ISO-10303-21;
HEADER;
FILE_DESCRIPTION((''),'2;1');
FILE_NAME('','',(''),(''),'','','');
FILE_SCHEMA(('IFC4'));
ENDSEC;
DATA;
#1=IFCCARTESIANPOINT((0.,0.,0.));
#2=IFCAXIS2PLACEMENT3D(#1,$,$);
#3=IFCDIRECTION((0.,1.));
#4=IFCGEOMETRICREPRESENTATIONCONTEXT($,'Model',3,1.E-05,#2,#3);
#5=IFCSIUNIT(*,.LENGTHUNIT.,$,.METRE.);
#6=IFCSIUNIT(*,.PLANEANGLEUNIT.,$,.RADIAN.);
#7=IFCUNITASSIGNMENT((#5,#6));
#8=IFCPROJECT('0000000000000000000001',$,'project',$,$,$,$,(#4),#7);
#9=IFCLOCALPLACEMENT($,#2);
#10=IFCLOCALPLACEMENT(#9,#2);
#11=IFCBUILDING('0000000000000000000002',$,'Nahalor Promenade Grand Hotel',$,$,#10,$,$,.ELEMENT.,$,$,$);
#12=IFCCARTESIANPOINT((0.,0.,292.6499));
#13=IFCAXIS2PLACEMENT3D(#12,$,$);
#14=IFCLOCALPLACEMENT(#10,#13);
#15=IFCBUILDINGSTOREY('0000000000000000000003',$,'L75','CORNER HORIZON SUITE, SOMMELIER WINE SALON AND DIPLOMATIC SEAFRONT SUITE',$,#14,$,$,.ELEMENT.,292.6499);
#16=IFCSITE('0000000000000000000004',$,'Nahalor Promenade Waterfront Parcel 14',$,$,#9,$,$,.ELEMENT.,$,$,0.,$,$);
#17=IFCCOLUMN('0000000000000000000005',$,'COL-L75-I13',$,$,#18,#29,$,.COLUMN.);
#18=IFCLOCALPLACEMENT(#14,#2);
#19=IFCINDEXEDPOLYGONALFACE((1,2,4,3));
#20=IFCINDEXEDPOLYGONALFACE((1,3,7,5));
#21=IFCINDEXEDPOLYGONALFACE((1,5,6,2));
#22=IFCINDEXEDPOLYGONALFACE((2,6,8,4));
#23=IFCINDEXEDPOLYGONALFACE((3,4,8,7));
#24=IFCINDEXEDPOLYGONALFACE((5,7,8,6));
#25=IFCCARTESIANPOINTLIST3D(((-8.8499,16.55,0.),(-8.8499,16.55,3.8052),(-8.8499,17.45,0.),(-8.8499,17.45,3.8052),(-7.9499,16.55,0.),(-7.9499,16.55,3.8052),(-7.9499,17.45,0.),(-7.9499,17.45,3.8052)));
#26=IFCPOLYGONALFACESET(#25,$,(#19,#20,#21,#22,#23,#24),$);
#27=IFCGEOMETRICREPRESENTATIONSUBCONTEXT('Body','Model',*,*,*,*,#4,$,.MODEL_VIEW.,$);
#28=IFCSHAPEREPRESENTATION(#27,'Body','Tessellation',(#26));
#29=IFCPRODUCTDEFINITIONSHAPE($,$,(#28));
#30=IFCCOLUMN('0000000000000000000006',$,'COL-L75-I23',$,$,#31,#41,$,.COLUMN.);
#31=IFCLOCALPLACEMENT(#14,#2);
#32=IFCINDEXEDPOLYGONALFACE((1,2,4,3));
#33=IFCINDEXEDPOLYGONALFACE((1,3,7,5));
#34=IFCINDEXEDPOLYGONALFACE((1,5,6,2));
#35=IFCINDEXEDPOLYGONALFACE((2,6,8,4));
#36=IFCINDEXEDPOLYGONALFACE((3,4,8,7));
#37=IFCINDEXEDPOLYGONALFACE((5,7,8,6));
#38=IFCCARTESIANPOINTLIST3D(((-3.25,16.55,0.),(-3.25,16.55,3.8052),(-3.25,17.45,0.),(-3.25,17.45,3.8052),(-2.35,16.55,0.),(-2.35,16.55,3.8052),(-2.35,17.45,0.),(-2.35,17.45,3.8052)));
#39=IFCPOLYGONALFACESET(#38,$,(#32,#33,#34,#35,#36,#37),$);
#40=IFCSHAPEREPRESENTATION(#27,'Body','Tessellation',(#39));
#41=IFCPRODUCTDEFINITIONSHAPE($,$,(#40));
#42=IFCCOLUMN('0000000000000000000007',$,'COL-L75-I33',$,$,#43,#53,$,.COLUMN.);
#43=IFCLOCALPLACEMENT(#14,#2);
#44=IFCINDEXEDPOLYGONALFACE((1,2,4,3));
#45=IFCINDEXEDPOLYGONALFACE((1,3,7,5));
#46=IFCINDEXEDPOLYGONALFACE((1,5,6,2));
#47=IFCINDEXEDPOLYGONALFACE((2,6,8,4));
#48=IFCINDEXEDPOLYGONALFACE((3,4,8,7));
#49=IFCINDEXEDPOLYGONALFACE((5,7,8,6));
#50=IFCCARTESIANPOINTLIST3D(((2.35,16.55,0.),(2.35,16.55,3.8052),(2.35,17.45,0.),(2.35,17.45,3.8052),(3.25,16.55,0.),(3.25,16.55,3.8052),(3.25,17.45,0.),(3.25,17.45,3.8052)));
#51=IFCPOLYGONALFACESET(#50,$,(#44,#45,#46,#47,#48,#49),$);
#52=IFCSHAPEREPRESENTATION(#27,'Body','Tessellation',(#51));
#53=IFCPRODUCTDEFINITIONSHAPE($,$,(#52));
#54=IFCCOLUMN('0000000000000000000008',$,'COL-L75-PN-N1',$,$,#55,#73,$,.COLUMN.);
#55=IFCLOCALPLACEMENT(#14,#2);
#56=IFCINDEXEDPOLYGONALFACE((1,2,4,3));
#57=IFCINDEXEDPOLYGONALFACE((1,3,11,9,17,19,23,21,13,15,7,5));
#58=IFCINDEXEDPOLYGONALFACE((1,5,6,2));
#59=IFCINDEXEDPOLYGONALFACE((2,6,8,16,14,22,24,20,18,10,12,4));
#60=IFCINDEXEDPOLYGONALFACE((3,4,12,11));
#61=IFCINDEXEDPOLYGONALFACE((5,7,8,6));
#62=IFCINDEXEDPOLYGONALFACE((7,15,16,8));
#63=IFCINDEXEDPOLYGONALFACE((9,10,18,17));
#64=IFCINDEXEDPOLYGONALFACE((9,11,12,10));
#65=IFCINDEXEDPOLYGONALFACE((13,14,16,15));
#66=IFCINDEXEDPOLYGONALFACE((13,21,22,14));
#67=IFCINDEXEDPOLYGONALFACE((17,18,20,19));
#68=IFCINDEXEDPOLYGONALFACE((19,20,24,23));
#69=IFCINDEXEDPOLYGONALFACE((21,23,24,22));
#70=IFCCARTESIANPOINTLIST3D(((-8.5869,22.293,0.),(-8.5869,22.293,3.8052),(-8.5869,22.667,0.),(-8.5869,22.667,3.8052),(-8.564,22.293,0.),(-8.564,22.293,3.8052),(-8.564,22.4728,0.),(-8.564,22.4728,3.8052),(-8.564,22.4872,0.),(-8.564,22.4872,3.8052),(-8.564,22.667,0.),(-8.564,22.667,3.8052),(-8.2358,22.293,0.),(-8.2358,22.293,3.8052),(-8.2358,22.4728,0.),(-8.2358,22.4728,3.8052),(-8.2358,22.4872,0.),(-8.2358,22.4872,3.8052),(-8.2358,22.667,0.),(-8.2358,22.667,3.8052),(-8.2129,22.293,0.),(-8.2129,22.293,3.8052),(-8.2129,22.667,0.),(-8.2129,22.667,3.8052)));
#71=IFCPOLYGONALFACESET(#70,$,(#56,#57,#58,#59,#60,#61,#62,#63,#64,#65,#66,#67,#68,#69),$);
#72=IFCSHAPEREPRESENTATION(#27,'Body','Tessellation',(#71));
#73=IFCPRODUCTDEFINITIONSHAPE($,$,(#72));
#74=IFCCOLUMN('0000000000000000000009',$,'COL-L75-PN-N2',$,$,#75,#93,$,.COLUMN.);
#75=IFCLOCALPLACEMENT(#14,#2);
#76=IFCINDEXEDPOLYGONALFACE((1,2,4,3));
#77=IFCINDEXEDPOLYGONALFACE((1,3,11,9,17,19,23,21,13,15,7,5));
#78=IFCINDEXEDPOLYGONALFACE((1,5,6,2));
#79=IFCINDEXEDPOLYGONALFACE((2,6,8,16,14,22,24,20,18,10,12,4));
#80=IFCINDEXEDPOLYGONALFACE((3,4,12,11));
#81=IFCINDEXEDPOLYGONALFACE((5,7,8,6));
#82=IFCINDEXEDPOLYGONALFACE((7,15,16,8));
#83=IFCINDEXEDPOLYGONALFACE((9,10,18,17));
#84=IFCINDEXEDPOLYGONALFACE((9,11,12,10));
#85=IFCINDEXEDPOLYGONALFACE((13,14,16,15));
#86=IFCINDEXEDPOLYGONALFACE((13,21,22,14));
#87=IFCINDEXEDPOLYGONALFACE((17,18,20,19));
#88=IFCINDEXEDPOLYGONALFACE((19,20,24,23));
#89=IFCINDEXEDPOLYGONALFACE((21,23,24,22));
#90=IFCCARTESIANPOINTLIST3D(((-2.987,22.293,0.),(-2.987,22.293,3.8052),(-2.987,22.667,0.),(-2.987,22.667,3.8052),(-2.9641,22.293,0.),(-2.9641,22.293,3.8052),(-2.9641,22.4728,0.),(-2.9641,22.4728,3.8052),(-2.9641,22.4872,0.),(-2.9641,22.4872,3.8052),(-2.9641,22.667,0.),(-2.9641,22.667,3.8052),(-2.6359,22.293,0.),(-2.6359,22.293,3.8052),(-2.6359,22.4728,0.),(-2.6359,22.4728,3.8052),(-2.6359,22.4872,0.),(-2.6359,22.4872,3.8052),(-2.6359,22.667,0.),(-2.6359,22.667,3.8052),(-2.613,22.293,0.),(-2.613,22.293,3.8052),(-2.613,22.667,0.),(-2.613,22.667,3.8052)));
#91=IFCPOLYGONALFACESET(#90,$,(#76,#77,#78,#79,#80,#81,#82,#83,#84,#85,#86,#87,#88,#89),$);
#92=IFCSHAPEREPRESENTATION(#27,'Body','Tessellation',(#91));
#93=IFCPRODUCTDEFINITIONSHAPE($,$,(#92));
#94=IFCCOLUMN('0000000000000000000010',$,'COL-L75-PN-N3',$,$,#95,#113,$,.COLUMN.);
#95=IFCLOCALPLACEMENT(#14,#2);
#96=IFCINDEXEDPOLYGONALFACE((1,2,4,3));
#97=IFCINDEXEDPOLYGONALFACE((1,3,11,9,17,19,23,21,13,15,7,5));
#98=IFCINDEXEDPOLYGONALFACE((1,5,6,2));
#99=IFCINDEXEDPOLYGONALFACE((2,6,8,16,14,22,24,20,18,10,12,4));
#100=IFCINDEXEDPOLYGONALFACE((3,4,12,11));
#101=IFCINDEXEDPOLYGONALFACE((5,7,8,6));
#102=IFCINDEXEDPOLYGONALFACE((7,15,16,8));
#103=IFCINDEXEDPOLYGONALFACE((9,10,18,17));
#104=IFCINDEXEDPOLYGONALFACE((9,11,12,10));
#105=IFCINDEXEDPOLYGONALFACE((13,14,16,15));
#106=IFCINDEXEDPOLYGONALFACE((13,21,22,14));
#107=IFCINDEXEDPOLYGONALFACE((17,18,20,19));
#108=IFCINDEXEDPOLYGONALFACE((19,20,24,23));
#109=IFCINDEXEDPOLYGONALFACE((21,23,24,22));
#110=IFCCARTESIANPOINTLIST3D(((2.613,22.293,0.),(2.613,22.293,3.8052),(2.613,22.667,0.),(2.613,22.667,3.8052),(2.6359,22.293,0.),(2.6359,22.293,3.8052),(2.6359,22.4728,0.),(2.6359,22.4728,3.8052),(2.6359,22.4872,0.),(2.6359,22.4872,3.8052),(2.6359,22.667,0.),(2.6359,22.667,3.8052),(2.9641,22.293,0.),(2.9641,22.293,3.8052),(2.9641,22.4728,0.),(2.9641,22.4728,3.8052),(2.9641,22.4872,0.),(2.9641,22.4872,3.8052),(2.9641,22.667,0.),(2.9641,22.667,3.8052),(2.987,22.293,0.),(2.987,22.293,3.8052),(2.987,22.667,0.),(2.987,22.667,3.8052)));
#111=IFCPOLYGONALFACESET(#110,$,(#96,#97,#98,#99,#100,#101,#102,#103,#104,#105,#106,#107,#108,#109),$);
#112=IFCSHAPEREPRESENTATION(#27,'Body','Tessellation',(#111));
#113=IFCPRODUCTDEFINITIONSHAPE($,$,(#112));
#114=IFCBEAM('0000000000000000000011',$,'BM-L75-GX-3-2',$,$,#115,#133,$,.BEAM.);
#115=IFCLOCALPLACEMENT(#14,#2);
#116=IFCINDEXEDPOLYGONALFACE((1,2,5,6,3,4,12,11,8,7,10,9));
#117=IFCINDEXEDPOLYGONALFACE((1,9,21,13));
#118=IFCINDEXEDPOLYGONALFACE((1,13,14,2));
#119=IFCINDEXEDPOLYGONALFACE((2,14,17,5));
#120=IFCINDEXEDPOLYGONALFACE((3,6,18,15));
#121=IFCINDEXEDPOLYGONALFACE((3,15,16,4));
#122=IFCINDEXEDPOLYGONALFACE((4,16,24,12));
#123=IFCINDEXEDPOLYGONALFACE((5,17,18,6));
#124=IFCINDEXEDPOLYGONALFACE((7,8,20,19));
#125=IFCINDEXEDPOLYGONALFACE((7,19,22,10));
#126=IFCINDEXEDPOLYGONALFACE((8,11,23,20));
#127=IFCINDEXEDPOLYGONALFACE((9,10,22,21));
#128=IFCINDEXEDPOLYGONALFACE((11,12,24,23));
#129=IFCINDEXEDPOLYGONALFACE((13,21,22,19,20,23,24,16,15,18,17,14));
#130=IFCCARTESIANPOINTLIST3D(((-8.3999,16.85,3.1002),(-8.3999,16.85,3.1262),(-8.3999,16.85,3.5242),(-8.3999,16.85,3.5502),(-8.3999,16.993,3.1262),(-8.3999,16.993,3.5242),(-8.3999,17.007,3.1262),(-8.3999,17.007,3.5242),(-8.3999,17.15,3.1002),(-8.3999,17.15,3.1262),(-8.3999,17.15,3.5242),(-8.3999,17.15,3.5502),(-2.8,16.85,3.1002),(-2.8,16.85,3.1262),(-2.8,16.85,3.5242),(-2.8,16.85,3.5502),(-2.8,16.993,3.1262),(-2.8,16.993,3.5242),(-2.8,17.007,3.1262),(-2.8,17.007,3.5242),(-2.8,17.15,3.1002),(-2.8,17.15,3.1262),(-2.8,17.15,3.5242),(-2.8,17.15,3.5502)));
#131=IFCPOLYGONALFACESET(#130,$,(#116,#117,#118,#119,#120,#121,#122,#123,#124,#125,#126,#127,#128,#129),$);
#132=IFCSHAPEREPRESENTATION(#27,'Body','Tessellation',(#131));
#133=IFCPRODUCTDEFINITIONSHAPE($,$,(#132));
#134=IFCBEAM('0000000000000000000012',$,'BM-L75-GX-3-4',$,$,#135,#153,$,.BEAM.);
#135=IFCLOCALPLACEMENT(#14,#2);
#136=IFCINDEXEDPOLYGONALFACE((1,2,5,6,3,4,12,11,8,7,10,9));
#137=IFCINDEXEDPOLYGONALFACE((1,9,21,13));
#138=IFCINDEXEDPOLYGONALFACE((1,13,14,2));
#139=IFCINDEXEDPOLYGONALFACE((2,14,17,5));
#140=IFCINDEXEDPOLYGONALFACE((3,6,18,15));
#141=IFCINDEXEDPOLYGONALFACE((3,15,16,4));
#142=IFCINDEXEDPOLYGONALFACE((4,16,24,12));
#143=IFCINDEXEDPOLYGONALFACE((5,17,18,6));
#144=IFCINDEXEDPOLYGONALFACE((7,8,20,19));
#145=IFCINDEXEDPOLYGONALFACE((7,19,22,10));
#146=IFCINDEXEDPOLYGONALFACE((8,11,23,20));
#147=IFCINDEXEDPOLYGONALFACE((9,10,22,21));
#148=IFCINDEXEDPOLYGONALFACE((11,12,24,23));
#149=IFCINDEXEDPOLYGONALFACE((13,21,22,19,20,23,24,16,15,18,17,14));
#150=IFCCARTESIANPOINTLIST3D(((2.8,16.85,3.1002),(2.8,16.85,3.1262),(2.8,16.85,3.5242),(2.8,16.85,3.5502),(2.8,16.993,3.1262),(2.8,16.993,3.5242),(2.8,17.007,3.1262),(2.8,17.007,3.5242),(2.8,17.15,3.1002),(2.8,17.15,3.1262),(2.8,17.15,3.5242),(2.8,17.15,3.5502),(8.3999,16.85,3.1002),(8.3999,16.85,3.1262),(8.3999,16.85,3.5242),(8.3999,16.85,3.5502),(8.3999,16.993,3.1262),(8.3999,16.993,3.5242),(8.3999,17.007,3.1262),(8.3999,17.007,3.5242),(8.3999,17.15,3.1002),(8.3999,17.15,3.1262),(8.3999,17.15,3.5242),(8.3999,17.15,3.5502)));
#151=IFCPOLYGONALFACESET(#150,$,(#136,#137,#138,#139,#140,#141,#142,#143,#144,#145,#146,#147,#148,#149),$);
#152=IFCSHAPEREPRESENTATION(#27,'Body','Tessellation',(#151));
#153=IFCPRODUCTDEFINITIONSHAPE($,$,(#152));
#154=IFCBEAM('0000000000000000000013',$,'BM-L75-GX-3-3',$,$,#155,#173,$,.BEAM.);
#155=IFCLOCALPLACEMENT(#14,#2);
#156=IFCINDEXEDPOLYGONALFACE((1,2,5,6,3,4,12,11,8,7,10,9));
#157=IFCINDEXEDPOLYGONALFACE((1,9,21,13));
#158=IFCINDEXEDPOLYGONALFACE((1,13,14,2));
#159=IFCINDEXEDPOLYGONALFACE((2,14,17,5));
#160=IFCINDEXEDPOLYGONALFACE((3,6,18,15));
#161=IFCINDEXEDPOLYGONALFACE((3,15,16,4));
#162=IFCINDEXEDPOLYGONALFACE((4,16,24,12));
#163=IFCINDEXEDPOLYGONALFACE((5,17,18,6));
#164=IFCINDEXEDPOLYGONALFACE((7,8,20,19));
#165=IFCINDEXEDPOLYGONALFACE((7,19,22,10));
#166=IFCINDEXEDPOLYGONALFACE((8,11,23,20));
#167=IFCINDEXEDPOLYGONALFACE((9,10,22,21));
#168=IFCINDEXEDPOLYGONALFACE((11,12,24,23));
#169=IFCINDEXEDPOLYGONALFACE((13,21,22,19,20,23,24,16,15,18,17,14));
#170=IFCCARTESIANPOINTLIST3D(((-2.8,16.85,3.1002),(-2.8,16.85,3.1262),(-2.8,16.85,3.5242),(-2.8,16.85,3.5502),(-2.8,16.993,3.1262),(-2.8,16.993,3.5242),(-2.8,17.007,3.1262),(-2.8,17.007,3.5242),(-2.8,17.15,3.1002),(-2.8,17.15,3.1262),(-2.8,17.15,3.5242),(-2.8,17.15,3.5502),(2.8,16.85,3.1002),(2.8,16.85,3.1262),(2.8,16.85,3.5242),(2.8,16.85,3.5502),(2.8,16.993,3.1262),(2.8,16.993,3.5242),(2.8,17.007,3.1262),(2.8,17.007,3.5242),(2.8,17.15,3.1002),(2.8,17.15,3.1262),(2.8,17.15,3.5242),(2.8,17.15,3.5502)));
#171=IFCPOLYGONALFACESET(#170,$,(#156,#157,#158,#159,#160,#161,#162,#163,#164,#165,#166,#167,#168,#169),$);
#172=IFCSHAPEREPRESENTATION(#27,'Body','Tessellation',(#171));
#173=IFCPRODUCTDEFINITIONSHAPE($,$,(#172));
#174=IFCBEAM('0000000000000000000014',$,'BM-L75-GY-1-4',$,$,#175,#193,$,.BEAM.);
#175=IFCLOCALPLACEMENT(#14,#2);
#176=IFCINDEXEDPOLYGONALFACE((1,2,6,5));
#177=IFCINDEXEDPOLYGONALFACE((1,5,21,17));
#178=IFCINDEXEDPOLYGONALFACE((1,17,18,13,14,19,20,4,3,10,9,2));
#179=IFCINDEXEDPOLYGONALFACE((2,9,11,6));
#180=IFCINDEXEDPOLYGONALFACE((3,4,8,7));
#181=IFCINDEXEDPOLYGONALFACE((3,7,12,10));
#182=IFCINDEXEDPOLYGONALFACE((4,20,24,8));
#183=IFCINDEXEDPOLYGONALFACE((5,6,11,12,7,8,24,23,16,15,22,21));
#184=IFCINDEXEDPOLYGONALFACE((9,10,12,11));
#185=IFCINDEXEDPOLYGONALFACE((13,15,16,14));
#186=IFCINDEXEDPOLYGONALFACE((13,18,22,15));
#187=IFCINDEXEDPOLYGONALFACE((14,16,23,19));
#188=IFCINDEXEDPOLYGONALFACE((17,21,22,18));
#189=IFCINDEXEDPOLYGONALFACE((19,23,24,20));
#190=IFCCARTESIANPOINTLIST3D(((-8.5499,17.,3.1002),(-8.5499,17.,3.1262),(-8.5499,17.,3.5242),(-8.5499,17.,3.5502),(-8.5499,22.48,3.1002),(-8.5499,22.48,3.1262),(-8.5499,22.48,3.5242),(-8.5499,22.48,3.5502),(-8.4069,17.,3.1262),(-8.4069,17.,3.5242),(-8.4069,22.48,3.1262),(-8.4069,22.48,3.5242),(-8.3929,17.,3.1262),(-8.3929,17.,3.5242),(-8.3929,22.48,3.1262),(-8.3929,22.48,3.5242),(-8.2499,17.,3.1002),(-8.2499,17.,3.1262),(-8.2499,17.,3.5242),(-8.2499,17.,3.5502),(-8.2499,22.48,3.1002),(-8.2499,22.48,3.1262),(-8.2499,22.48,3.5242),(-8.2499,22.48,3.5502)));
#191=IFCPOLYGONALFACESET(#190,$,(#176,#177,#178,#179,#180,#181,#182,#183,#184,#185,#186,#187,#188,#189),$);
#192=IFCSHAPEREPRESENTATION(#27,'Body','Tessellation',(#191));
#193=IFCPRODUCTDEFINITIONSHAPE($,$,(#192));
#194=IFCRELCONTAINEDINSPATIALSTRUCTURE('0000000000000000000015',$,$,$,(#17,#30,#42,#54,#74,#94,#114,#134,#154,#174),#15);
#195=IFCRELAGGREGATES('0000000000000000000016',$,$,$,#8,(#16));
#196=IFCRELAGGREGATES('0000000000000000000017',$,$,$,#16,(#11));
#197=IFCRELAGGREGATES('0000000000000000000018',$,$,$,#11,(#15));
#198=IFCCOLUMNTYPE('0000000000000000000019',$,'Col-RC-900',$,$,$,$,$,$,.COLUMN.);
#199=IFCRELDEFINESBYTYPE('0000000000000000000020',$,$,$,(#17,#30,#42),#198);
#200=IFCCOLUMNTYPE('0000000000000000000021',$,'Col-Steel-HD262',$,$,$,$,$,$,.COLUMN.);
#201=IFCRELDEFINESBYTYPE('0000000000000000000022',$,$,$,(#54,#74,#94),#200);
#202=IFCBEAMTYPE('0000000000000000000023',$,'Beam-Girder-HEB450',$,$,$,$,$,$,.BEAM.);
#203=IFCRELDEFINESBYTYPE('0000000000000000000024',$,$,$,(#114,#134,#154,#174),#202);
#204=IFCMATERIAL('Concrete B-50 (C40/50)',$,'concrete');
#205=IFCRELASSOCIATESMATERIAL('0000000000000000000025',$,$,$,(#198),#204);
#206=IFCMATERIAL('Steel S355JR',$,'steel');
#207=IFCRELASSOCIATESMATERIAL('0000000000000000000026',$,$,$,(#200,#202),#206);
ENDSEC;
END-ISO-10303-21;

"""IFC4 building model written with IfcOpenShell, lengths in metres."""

from ifc_helpers import new_model, si_unit, direction, frame, origin, origin_2d, place, context, subcontext, project, spatial, rectangle, i_section, extrude, source, transform, mapped, material, material_profile, profile_set, type_object, element, save


model = new_model("IFC4")

# Units and contexts
model_context = context("Model", 3, precision=1e-05, world=origin(), true_north=direction((0.0, 1.0)))
body_context = subcontext(model_context, "Body", "Model", "MODEL_VIEW")
ifc_project = project(units=[si_unit("LENGTHUNIT", "METRE"), si_unit("PLANEANGLEUNIT", "RADIAN")], contexts=[model_context])

# Site, building, storey
site_placement = place(None, origin())
site = spatial("IfcSite", under=ifc_project, at=site_placement, Name="Nahalor Promenade Waterfront Parcel 14", CompositionType="ELEMENT", RefElevation=0.0)
building_placement = place(site_placement, origin())
building = spatial("IfcBuilding", under=site, at=building_placement, Name="Nahalor Promenade Grand Hotel", CompositionType="ELEMENT")
storey_placement = place(building_placement, frame((0.0, 0.0, 292.6499)))
storey = spatial("IfcBuildingStorey", under=building, at=storey_placement, Name="L75", Description="CORNER HORIZON SUITE, SOMMELIER WINE SALON AND DIPLOMATIC SEAFRONT SUITE", CompositionType="ELEMENT", Elevation=292.6499)

# Columns
ifc_material_1 = material(Name="Concrete B-50 (C40/50)", Category="concrete")
ifc_material_profile_1 = material_profile(ifc_material_1, rectangle(XDim=0.9, YDim=0.9, at=origin_2d()), Name="RC 900x900")
ifc_profile_set_1 = profile_set([ifc_material_profile_1], Name="Concrete B-50 (C40/50)")
column_type_1 = type_object("IfcColumnType", Name="Col-RC-900", PredefinedType="COLUMN", material=ifc_profile_set_1)
shared_shape_1 = source(origin(), body_context, "Body", "SweptSolid", [
    extrude(rectangle(XDim=0.9, YDim=0.9, at=origin_2d()), origin(), (0.0, 0.0, 1.0), 3.8052),
])
for number, where, z_axis, x_axis, name in (
    (1, (-8.3999, 17.0, 0.0), (0.0, 0.0, 1.0), (1.0, 0.0, 0.0), "COL-L75-I13"),
    (2, (-2.8, 17.0, 0.0), (0.0, 0.0, 1.0), (1.0, 0.0, 0.0), "COL-L75-I23"),
    (3, (2.8, 17.0, 0.0), (0.0, 0.0, 1.0), (1.0, 0.0, 0.0), "COL-L75-I33"),
):
    element("IfcColumn", number, at=place(storey_placement, frame(where, z_axis=z_axis, x_axis=x_axis)), inside=storey, type_object=column_type_1, Name=name, PredefinedType="COLUMN", context=body_context, shape_type="MappedRepresentation", body=[
        mapped(shared_shape_1, transform((0.0, 0.0, 0.0), scale=1.0)),
    ])
ifc_material_2 = material(Name="Steel S355JR", Category="steel")
ifc_material_profile_2 = material_profile(ifc_material_2, i_section(OverallWidth=0.374, OverallDepth=0.374, WebThickness=0.0144, FlangeThickness=0.0229, at=origin_2d()), Name="HD 360x262")
ifc_profile_set_2 = profile_set([ifc_material_profile_2], Name="Steel S355JR")
column_type_2 = type_object("IfcColumnType", Name="Col-Steel-HD262", PredefinedType="COLUMN", material=ifc_profile_set_2)
shared_shape_2 = source(origin(), body_context, "Body", "SweptSolid", [
    extrude(i_section(OverallWidth=0.374, OverallDepth=0.374, WebThickness=0.0144, FlangeThickness=0.0229, at=origin_2d()), origin(), (0.0, 0.0, 1.0), 3.8052),
])
for number, where, z_axis, x_axis, name in (
    (4, (-8.3999, 22.48, 0.0), (0.0, 0.0, 1.0), (0.0, 1.0, 0.0), "COL-L75-PN-N1"),
    (5, (-2.8, 22.48, 0.0), (0.0, 0.0, 1.0), (0.0, 1.0, 0.0), "COL-L75-PN-N2"),
    (6, (2.8, 22.48, 0.0), (0.0, 0.0, 1.0), (0.0, 1.0, 0.0), "COL-L75-PN-N3"),
):
    element("IfcColumn", number, at=place(storey_placement, frame(where, z_axis=z_axis, x_axis=x_axis)), inside=storey, type_object=column_type_2, Name=name, PredefinedType="COLUMN", context=body_context, shape_type="MappedRepresentation", body=[
        mapped(shared_shape_2, transform((0.0, 0.0, 0.0), scale=1.0)),
    ])

# Beams
ifc_material_profile_3 = material_profile(ifc_material_2, i_section(OverallWidth=0.3, OverallDepth=0.45, WebThickness=0.014, FlangeThickness=0.026, at=origin_2d()), Name="HEB 450")
ifc_profile_set_3 = profile_set([ifc_material_profile_3], Name="Steel S355JR")
beam_type_1 = type_object("IfcBeamType", Name="Beam-Girder-HEB450", PredefinedType="BEAM", material=ifc_profile_set_3)
shared_shape_3 = source(origin(), body_context, "Body", "SweptSolid", [
    extrude(i_section(OverallWidth=0.3, OverallDepth=0.45, WebThickness=0.014, FlangeThickness=0.026, at=origin_2d()), origin(), (0.0, 0.0, 1.0), 5.5999),
])
for number, where, z_axis, x_axis, name in (
    (7, (-8.3999, 17.0, 3.3252), (1.0, 0.0, 0.0), (0.0, 1.0, 0.0), "BM-L75-GX-3-2"),
    (8, (2.8, 17.0, 3.3252), (1.0, 0.0, 0.0), (0.0, 1.0, 0.0), "BM-L75-GX-3-4"),
):
    element("IfcBeam", number, at=place(storey_placement, frame(where, z_axis=z_axis, x_axis=x_axis)), inside=storey, type_object=beam_type_1, Name=name, PredefinedType="BEAM", context=body_context, shape_type="MappedRepresentation", body=[
        mapped(shared_shape_3, transform((0.0, 0.0, 0.0), scale=1.0)),
    ])
shared_shape_4 = source(origin(), body_context, "Body", "SweptSolid", [
    extrude(i_section(OverallWidth=0.3, OverallDepth=0.45, WebThickness=0.014, FlangeThickness=0.026, at=origin_2d()), origin(), (0.0, 0.0, 1.0), 5.6001),
])
beam_1_placement = place(storey_placement, frame((-2.8, 17.0, 3.3252), z_axis=(1.0, 0.0, 0.0), x_axis=(0.0, 1.0, 0.0)))
element("IfcBeam", 9, at=beam_1_placement, inside=storey, type_object=beam_type_1, Name="BM-L75-GX-3-3", PredefinedType="BEAM", context=body_context, shape_type="MappedRepresentation", body=[
    mapped(shared_shape_4, transform((0.0, 0.0, 0.0), scale=1.0)),
])
shared_shape_5 = source(origin(), body_context, "Body", "SweptSolid", [
    extrude(i_section(OverallWidth=0.3, OverallDepth=0.45, WebThickness=0.014, FlangeThickness=0.026, at=origin_2d()), origin(), (0.0, 0.0, 1.0), 5.48),
])
for number, where, z_axis, x_axis, name in (
    (10, (-8.3999, 17.0, 3.3252), (0.0, 1.0, 0.0), (-1.0, 0.0, 0.0), "BM-L75-GY-1-4"),
):
    element("IfcBeam", number, at=place(storey_placement, frame(where, z_axis=z_axis, x_axis=x_axis)), inside=storey, type_object=beam_type_1, Name=name, PredefinedType="BEAM", context=body_context, shape_type="MappedRepresentation", body=[
        mapped(shared_shape_5, transform((0.0, 0.0, 0.0), scale=1.0)),
    ])

save(model, "model.ifc")
